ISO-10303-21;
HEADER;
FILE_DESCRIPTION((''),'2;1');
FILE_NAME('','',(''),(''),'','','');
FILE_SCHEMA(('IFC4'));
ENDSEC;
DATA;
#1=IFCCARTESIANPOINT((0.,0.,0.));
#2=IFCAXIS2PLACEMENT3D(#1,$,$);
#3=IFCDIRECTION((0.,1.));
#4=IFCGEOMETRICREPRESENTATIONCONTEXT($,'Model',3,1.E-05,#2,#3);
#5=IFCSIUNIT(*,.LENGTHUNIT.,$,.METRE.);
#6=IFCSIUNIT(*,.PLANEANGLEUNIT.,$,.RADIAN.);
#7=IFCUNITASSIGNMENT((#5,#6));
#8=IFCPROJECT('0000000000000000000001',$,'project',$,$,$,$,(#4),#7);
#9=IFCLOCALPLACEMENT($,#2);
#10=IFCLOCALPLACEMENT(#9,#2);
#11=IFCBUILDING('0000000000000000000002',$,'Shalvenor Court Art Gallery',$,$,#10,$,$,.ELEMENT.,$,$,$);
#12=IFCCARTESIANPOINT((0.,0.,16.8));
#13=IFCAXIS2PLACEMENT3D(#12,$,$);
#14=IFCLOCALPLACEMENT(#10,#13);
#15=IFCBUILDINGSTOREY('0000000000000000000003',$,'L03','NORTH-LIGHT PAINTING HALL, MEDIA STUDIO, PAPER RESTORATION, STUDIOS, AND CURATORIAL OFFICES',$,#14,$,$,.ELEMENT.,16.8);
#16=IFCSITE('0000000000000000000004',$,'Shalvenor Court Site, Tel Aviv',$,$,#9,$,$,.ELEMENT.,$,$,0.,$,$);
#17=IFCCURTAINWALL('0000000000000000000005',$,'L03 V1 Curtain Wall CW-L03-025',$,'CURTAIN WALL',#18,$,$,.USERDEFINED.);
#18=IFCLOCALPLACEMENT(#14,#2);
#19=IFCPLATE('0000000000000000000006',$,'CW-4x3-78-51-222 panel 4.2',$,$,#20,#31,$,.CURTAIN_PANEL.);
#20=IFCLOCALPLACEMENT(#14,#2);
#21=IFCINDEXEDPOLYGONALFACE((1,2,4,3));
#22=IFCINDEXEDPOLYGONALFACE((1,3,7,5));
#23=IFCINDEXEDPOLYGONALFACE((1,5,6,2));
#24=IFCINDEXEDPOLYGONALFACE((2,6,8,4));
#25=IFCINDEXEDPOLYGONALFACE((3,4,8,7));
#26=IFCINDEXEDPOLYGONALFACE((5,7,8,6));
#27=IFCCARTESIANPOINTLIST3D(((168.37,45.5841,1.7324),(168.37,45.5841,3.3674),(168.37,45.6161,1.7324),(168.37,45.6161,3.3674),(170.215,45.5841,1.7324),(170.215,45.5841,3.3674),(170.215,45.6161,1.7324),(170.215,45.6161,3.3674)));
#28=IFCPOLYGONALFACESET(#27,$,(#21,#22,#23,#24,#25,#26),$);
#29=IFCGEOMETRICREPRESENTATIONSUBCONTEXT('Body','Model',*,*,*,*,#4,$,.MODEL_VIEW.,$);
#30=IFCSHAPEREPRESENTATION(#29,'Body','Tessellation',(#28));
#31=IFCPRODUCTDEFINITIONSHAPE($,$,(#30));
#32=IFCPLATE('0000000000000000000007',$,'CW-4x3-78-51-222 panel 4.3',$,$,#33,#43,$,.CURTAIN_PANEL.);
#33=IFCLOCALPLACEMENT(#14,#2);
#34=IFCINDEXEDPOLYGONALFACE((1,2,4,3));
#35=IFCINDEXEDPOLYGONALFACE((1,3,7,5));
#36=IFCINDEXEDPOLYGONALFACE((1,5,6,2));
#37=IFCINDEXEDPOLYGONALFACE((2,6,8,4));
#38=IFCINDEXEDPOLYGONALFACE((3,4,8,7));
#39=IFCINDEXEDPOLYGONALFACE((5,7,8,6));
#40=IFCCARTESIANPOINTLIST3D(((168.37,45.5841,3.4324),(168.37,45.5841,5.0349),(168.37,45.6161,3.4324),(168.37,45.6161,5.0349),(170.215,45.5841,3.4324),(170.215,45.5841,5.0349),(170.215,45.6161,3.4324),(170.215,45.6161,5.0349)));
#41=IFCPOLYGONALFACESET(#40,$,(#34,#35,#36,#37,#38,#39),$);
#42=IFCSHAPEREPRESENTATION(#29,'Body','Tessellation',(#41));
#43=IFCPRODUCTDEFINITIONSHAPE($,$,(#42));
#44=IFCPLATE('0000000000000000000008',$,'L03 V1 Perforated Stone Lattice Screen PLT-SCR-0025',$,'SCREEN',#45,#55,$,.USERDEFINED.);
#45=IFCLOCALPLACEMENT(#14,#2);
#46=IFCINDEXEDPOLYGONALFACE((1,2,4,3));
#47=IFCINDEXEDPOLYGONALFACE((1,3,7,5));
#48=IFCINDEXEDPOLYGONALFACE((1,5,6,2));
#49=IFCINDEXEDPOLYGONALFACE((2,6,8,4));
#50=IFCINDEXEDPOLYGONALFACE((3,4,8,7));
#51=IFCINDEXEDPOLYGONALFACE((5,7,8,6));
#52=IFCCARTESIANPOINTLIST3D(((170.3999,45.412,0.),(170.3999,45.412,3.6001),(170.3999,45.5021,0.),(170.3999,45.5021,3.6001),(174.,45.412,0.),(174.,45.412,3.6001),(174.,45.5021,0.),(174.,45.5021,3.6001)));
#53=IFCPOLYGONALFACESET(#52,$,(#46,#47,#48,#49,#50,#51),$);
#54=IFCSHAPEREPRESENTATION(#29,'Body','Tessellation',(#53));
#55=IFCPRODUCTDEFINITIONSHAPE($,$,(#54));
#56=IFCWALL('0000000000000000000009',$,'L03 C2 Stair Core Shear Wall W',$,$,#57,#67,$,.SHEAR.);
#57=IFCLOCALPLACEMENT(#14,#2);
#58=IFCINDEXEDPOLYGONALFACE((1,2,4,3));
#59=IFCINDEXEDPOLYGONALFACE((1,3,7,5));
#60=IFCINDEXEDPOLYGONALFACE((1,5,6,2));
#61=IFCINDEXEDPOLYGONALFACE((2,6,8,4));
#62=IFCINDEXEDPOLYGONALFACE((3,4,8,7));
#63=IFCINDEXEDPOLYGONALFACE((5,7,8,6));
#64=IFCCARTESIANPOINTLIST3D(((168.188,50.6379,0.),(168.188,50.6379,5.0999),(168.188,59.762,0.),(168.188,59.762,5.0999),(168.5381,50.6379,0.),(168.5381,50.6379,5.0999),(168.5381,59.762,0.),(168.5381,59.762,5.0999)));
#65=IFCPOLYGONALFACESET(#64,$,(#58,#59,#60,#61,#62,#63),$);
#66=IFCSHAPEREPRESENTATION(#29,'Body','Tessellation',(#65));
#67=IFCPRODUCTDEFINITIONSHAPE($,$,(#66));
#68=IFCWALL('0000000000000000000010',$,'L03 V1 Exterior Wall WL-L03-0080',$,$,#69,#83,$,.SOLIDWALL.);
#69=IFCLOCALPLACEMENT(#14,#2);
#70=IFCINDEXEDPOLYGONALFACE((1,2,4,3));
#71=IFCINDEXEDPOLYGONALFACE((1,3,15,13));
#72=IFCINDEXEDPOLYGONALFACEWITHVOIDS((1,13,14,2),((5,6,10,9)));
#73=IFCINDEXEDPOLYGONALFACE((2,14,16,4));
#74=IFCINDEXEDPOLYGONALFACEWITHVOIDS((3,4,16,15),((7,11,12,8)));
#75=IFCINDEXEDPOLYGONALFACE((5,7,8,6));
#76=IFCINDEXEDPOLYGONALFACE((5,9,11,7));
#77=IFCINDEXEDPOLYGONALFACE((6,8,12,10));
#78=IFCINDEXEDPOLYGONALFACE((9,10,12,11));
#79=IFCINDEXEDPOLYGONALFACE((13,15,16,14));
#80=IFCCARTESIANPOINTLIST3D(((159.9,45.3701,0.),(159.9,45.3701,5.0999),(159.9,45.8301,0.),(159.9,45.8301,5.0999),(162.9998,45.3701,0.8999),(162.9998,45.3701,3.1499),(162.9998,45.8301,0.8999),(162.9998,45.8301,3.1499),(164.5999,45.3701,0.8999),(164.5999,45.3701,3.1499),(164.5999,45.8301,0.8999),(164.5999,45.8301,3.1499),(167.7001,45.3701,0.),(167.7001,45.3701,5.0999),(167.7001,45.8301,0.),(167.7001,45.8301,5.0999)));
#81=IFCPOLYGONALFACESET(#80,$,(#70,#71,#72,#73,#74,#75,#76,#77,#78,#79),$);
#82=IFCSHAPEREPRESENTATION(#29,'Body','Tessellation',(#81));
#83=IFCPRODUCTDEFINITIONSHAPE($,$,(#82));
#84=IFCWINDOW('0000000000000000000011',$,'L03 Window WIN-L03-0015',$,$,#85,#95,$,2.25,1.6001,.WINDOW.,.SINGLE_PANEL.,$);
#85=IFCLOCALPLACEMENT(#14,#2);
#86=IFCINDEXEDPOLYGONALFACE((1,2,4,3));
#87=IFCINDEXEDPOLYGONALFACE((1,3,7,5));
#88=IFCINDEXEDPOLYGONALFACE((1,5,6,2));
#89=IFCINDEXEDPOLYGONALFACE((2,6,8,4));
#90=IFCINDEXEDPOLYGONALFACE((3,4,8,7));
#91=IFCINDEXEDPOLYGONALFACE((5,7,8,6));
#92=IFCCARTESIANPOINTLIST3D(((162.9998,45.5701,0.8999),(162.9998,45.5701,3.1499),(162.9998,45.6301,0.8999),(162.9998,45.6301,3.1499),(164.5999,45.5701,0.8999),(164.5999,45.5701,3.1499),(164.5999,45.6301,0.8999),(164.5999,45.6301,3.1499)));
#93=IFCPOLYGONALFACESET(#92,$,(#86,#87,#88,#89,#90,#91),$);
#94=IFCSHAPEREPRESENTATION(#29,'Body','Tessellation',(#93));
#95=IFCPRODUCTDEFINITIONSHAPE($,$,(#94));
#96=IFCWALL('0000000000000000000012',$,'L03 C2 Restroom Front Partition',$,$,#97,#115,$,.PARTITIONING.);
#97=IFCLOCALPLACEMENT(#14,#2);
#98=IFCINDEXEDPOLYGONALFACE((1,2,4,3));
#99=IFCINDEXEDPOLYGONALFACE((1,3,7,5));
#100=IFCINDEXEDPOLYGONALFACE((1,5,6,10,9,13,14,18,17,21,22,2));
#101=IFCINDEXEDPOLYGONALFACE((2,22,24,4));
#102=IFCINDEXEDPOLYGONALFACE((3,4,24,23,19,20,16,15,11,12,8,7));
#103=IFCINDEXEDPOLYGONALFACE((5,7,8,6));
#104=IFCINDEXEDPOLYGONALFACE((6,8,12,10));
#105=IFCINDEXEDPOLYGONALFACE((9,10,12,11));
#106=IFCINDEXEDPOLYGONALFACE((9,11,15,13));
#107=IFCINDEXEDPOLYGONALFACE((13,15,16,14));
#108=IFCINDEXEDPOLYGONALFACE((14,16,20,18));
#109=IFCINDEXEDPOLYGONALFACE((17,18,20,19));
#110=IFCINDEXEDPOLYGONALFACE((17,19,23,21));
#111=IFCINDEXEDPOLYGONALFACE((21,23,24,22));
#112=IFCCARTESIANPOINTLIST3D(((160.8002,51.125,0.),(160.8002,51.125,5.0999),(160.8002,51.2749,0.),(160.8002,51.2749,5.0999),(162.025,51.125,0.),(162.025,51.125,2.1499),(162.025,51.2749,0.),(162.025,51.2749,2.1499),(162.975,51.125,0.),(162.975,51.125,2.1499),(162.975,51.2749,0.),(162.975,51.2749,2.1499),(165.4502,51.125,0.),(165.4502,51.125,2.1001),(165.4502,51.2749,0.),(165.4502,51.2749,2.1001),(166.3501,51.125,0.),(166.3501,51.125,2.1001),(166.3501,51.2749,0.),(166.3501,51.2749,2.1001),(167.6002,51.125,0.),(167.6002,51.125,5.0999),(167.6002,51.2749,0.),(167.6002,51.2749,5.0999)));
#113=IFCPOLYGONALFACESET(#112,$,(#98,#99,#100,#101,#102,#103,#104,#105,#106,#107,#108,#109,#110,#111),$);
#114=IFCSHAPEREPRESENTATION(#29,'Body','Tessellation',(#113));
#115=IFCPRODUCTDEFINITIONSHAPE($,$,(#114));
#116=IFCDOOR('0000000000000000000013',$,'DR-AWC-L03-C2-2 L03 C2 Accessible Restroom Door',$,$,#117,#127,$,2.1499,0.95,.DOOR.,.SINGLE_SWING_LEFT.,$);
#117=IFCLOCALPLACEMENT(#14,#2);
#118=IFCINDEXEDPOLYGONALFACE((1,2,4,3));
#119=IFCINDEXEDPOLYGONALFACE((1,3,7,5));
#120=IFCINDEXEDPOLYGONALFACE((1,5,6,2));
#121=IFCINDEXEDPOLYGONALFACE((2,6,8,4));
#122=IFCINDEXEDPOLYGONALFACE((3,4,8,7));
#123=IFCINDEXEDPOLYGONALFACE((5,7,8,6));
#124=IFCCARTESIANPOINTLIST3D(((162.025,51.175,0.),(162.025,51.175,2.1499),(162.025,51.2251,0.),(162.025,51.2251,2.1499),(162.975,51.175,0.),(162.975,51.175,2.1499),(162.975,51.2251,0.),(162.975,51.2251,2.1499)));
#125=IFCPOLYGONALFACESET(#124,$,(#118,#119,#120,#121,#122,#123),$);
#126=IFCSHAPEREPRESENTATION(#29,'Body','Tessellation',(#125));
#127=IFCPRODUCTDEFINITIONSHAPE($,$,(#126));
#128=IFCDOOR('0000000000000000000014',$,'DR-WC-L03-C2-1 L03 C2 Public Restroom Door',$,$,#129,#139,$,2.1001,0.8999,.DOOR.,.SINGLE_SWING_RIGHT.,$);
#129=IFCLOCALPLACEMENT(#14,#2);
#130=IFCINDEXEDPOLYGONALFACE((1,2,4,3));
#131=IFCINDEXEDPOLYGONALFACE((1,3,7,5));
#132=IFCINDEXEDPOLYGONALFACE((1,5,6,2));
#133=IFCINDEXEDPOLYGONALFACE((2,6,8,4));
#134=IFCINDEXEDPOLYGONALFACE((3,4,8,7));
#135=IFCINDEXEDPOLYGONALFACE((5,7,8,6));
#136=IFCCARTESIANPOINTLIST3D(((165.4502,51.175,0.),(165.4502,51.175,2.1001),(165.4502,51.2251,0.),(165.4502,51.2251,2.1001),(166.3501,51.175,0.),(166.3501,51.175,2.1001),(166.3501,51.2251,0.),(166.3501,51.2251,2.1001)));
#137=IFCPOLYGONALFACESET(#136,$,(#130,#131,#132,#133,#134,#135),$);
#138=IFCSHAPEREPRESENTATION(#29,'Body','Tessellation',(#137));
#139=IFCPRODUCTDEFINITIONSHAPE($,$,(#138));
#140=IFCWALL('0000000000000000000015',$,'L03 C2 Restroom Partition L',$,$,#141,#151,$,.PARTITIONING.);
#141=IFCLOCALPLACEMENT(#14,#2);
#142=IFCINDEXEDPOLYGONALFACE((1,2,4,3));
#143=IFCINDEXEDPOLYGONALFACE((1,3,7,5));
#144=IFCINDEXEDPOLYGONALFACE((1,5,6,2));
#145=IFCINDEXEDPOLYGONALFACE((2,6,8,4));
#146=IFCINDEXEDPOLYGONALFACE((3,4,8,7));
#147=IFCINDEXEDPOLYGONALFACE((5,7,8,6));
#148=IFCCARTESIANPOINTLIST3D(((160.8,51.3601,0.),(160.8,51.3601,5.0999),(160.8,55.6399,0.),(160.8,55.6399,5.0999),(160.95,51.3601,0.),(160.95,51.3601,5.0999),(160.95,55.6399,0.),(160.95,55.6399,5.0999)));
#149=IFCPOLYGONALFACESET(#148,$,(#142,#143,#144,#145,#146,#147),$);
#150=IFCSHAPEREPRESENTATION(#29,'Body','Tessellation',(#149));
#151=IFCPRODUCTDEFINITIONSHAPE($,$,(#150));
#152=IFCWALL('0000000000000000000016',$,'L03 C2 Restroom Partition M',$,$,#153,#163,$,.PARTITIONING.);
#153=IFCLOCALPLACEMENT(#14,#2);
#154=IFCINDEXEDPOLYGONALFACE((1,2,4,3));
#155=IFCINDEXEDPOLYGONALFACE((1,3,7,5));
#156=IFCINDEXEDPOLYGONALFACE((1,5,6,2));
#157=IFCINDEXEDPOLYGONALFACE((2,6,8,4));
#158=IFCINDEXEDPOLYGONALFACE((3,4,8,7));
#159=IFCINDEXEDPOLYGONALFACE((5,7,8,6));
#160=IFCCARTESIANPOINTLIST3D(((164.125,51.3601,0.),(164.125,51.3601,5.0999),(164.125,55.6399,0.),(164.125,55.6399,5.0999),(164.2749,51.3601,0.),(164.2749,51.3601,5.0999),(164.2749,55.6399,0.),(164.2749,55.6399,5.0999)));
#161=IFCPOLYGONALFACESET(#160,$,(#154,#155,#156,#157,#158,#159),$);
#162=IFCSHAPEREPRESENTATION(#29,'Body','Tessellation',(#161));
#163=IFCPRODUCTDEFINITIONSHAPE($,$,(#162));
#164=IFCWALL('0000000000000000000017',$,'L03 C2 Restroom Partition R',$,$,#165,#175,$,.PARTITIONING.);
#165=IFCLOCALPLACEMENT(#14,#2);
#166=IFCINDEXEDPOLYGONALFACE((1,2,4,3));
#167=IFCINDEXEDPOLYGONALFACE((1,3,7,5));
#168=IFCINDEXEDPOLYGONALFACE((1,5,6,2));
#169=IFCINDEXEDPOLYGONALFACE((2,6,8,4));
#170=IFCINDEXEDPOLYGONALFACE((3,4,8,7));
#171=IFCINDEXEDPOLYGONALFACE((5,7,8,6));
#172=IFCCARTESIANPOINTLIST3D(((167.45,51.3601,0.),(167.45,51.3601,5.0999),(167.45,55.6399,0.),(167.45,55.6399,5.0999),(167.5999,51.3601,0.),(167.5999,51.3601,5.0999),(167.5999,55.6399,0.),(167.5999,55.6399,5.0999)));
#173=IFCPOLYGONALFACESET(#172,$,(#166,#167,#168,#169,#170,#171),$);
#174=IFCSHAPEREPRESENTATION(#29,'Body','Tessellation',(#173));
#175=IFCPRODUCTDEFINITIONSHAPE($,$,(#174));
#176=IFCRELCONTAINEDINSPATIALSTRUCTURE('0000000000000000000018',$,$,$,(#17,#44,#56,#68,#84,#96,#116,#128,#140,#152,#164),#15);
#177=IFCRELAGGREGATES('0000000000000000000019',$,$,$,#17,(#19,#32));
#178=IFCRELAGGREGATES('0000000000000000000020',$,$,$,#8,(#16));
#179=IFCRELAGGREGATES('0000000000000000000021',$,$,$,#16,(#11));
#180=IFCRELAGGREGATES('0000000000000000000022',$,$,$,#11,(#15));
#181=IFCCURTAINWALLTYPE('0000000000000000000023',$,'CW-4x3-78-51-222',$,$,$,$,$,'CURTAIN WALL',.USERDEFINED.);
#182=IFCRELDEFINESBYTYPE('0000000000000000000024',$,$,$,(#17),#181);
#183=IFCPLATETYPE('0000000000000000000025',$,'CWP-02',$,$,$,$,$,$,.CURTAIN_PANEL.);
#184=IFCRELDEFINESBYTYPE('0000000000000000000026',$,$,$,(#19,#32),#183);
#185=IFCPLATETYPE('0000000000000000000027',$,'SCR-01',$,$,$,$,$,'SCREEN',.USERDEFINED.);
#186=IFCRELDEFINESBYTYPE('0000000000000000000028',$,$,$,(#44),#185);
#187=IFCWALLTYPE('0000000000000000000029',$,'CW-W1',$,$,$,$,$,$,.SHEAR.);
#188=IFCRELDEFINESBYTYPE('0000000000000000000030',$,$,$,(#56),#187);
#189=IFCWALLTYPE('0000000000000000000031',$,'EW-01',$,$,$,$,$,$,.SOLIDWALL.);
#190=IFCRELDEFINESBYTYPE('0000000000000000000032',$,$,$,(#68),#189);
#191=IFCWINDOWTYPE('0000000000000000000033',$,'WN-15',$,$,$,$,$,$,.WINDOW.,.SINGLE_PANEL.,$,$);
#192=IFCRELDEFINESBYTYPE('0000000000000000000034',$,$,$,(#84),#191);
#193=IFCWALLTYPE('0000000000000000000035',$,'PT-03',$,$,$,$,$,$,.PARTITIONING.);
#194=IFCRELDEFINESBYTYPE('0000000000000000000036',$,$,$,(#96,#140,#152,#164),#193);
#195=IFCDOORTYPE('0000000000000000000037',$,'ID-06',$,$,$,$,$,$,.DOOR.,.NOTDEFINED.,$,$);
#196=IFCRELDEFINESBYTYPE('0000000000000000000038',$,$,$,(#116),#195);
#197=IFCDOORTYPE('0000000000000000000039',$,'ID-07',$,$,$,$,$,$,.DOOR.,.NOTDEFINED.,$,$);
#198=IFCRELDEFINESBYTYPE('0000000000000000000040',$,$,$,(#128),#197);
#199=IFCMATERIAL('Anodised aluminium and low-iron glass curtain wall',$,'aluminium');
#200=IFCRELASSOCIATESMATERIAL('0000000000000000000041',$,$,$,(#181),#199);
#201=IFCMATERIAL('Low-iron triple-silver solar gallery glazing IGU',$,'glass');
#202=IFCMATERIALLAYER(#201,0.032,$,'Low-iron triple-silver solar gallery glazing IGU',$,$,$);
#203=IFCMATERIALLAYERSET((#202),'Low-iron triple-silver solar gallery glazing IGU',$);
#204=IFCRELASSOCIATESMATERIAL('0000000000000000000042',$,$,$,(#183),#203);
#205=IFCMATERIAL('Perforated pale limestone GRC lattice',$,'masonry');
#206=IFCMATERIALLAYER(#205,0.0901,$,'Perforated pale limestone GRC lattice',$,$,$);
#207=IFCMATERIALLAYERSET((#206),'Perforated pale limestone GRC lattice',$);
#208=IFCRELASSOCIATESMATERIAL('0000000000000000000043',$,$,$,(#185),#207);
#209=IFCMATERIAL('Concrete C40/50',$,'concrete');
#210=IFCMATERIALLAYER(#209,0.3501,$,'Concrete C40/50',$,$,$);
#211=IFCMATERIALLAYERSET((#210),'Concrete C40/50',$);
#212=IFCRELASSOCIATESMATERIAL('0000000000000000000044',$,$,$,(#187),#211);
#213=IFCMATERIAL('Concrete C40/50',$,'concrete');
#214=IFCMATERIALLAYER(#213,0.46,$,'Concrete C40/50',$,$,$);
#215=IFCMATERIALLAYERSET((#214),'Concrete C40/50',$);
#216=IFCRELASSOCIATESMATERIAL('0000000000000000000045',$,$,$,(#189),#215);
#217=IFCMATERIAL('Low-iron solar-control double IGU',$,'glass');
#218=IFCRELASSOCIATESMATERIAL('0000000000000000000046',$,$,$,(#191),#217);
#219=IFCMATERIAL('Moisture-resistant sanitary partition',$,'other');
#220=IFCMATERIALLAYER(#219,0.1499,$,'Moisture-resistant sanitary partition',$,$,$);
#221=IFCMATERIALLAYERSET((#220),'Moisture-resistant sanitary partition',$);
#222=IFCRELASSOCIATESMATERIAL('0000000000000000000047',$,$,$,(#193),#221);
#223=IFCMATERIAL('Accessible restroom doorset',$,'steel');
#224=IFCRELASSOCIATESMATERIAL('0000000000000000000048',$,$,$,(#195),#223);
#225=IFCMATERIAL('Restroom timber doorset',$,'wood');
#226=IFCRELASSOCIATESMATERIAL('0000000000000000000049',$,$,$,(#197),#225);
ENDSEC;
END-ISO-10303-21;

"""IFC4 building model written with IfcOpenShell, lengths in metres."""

from ifc_helpers import new_model, si_unit, direction, frame, frame_2d, origin, origin_2d, place, context, subcontext, project, spatial, rectangle, extrude, material, layer, layer_set, type_object, element, fill, aggregate, save


model = new_model("IFC4")

# Units and contexts
model_context = context("Model", 3, precision=1e-05, world=origin(), true_north=direction((0.0, 1.0)))
body_context = subcontext(model_context, "Body", "Model", "MODEL_VIEW")
ifc_project = project(units=[si_unit("LENGTHUNIT", "METRE"), si_unit("PLANEANGLEUNIT", "RADIAN")], contexts=[model_context])

# Site, building, storey
site_placement = place(None, origin())
site = spatial("IfcSite", under=ifc_project, at=site_placement, Name="Shalvenor Court Site, Tel Aviv", CompositionType="ELEMENT", RefElevation=0.0)
building_placement = place(site_placement, origin())
building = spatial("IfcBuilding", under=site, at=building_placement, Name="Shalvenor Court Art Gallery", CompositionType="ELEMENT")
storey_placement = place(building_placement, frame((0.0, 0.0, 16.8)))
storey = spatial("IfcBuildingStorey", under=building, at=storey_placement, Name="L03", Description="NORTH-LIGHT PAINTING HALL, MEDIA STUDIO, PAPER RESTORATION, STUDIOS, AND CURATORIAL OFFICES", CompositionType="ELEMENT", Elevation=16.8)

# Curtain wall
ifc_material_1 = material(Name="Anodised aluminium and low-iron glass curtain wall", Category="aluminium")
curtain_wall_type = type_object("IfcCurtainWallType", Name="CW-4x3-78-51-222", ElementType="CURTAIN WALL", PredefinedType="USERDEFINED", material=ifc_material_1)
curtain_wall_placement = place(storey_placement, origin())
curtain_wall = element("IfcCurtainWall", 1, at=curtain_wall_placement, inside=storey, type_object=curtain_wall_type, Name="L03 V1 Curtain Wall CW-L03-025", ObjectType="CURTAIN WALL", PredefinedType="USERDEFINED")

# Plates
ifc_material_2 = material(Name="Low-iron triple-silver solar gallery glazing IGU", Category="glass")
ifc_layer_1 = layer(ifc_material_2, 0.032, Name="Low-iron triple-silver solar gallery glazing IGU")
ifc_layer_set_1 = layer_set([ifc_layer_1], Name="Low-iron triple-silver solar gallery glazing IGU")
plate_type_1 = type_object("IfcPlateType", Name="CWP-02", PredefinedType="CURTAIN_PANEL", material=ifc_layer_set_1)
plate_1_placement = place(storey_placement, frame((169.2925, 45.6001, 1.7324), z_axis=(0.0, 0.0, 1.0), x_axis=(-1.0, 0.0, 0.0)))
plate_1 = element("IfcPlate", 2, at=plate_1_placement, type_object=plate_type_1, Name="CW-4x3-78-51-222 panel 4.2", PredefinedType="CURTAIN_PANEL", context=body_context, shape_type="SweptSolid", body=[
    extrude(rectangle(XDim=1.845, YDim=0.032, at=origin_2d()), origin(), (0.0, 0.0, 1.0), 1.635),
])
plate_2_placement = place(storey_placement, frame((169.2925, 45.6001, 3.4324), z_axis=(0.0, 0.0, 1.0), x_axis=(-1.0, 0.0, 0.0)))
plate_2 = element("IfcPlate", 3, at=plate_2_placement, type_object=plate_type_1, Name="CW-4x3-78-51-222 panel 4.3", PredefinedType="CURTAIN_PANEL", context=body_context, shape_type="SweptSolid", body=[
    extrude(rectangle(XDim=1.845, YDim=0.032, at=origin_2d()), origin(), (0.0, 0.0, 1.0), 1.6025),
])
aggregate(curtain_wall, [plate_1, plate_2])
ifc_material_3 = material(Name="Perforated pale limestone GRC lattice", Category="masonry")
ifc_layer_2 = layer(ifc_material_3, 0.0901, Name="Perforated pale limestone GRC lattice")
ifc_layer_set_2 = layer_set([ifc_layer_2], Name="Perforated pale limestone GRC lattice")
plate_type_2 = type_object("IfcPlateType", Name="SCR-01", ElementType="SCREEN", PredefinedType="USERDEFINED", material=ifc_layer_set_2)
plate_3_placement = place(storey_placement, frame((172.2, 45.457, 0.0), z_axis=(0.0, 0.0, 1.0), x_axis=(-1.0, 0.0, 0.0)))
element("IfcPlate", 4, at=plate_3_placement, inside=storey, type_object=plate_type_2, Name="L03 V1 Perforated Stone Lattice Screen PLT-SCR-0025", ObjectType="SCREEN", PredefinedType="USERDEFINED", context=body_context, shape_type="SweptSolid", body=[
    extrude(rectangle(XDim=3.6001, YDim=0.0901, at=origin_2d()), origin(), (0.0, 0.0, 1.0), 3.6001),
])

# Wall
ifc_material_4 = material(Name="Concrete C40/50", Category="concrete")
ifc_layer_3 = layer(ifc_material_4, 0.3501, Name="Concrete C40/50")
ifc_layer_set_3 = layer_set([ifc_layer_3], Name="Concrete C40/50")
wall_type_1 = type_object("IfcWallType", Name="CW-W1", PredefinedType="SHEAR", material=ifc_layer_set_3)
wall_1_placement = place(storey_placement, frame((168.363, 50.6379, 0.0), z_axis=(0.0, 0.0, 1.0), x_axis=(0.0, 1.0, 0.0)))
element("IfcWall", 5, at=wall_1_placement, inside=storey, type_object=wall_type_1, Name="L03 C2 Stair Core Shear Wall W", PredefinedType="SHEAR", context=body_context, shape_type="SweptSolid", body=[
    extrude(rectangle(XDim=9.124, YDim=0.3501, at=frame_2d((4.562, 0.0))), origin(), (0.0, 0.0, 1.0), 5.0999),
])

# Wall, opening, window
ifc_material_5 = material(Name="Concrete C40/50", Category="concrete")
ifc_layer_4 = layer(ifc_material_5, 0.46, Name="Concrete C40/50")
ifc_layer_set_4 = layer_set([ifc_layer_4], Name="Concrete C40/50")
wall_type_2 = type_object("IfcWallType", Name="EW-01", PredefinedType="SOLIDWALL", material=ifc_layer_set_4)
wall_2_placement = place(storey_placement, frame((167.7, 45.6001, 0.0), z_axis=(0.0, 0.0, 1.0), x_axis=(-1.0, 0.0, 0.0)))
wall_2 = element("IfcWall", 6, at=wall_2_placement, inside=storey, type_object=wall_type_2, Name="L03 V1 Exterior Wall WL-L03-0080", PredefinedType="SOLIDWALL", context=body_context, shape_type="SweptSolid", body=[
    extrude(rectangle(XDim=7.8, YDim=0.46, at=frame_2d((3.8999, 0.0))), origin(), (0.0, 0.0, 1.0), 5.0999),
])
opening_1_placement = place(wall_2_placement, frame((3.1001, 0.0, 0.8999)))
opening_1 = element("IfcOpeningElement", 7, at=opening_1_placement, cuts=wall_2, PredefinedType="OPENING", context=body_context, shape_type="SweptSolid", body=[
    extrude(rectangle(XDim=1.6001, YDim=2.25, at=frame_2d((0.8, 1.125))), frame((0.0, 0.24, 0.0), z_axis=(0.0, -1.0, 0.0), x_axis=(1.0, 0.0, 0.0)), (0.0, 0.0, 1.0), 0.48),
])
ifc_material_6 = material(Name="Low-iron solar-control double IGU", Category="glass")
window_type = type_object("IfcWindowType", Name="WN-15", PartitioningType="SINGLE_PANEL", PredefinedType="WINDOW", material=ifc_material_6)
window_placement = place(opening_1_placement, origin())
window = element("IfcWindow", 8, at=window_placement, inside=storey, type_object=window_type, Name="L03 Window WIN-L03-0015", OverallHeight=2.25, OverallWidth=1.6001, PartitioningType="SINGLE_PANEL", PredefinedType="WINDOW", context=body_context, shape_type="SweptSolid", body=[
    extrude(rectangle(XDim=1.6001, YDim=2.25, at=frame_2d((0.8, 1.125))), frame((0.0, 0.03, 0.0), z_axis=(0.0, -1.0, 0.0), x_axis=(1.0, 0.0, 0.0)), (0.0, 0.0, 1.0), 0.0601),
])
fill(opening_1, window)

# Wall, openings, doors
ifc_material_7 = material(Name="Moisture-resistant sanitary partition", Category="other")
ifc_layer_5 = layer(ifc_material_7, 0.1499, Name="Moisture-resistant sanitary partition")
ifc_layer_set_5 = layer_set([ifc_layer_5], Name="Moisture-resistant sanitary partition")
wall_type_3 = type_object("IfcWallType", Name="PT-03", PredefinedType="PARTITIONING", material=ifc_layer_set_5)
wall_3_placement = place(storey_placement, frame((167.6001, 51.2, 0.0), z_axis=(0.0, 0.0, 1.0), x_axis=(-1.0, 0.0, 0.0)))
wall_3 = element("IfcWall", 9, at=wall_3_placement, inside=storey, type_object=wall_type_3, Name="L03 C2 Restroom Front Partition", PredefinedType="PARTITIONING", context=body_context, shape_type="SweptSolid", body=[
    extrude(rectangle(XDim=6.8, YDim=0.1499, at=frame_2d((3.3999, 0.0))), origin(), (0.0, 0.0, 1.0), 5.0999),
])
opening_2_placement = place(wall_3_placement, frame((1.25, 0.0, 0.0)))
opening_2 = element("IfcOpeningElement", 10, at=opening_2_placement, cuts=wall_3, PredefinedType="OPENING", context=body_context, shape_type="SweptSolid", body=[
    extrude(rectangle(XDim=0.8999, YDim=2.1001, at=frame_2d((0.45, 1.05))), frame((0.0, 0.085, 0.0), z_axis=(0.0, -1.0, 0.0), x_axis=(1.0, 0.0, 0.0)), (0.0, 0.0, 1.0), 0.1699),
])
opening_3_placement = place(wall_3_placement, frame((4.625, 0.0, 0.0)))
opening_3 = element("IfcOpeningElement", 11, at=opening_3_placement, cuts=wall_3, PredefinedType="OPENING", context=body_context, shape_type="SweptSolid", body=[
    extrude(rectangle(XDim=0.95, YDim=2.1499, at=frame_2d((0.4751, 1.075))), frame((0.0, 0.085, 0.0), z_axis=(0.0, -1.0, 0.0), x_axis=(1.0, 0.0, 0.0)), (0.0, 0.0, 1.0), 0.1699),
])
ifc_material_8 = material(Name="Accessible restroom doorset", Category="steel")
door_type_1 = type_object("IfcDoorType", Name="ID-06", OperationType="NOTDEFINED", PredefinedType="DOOR", material=ifc_material_8)
door_1_placement = place(opening_3_placement, origin())
door_1 = element("IfcDoor", 12, at=door_1_placement, inside=storey, type_object=door_type_1, Name="DR-AWC-L03-C2-2 L03 C2 Accessible Restroom Door", OperationType="SINGLE_SWING_LEFT", OverallHeight=2.1499, OverallWidth=0.95, PredefinedType="DOOR", context=body_context, shape_type="SweptSolid", body=[
    extrude(rectangle(XDim=0.95, YDim=2.1499, at=frame_2d((0.4751, 1.075))), frame((0.0, 0.0249, 0.0), z_axis=(0.0, -1.0, 0.0), x_axis=(1.0, 0.0, 0.0)), (0.0, 0.0, 1.0), 0.05),
])
fill(opening_3, door_1)
ifc_material_9 = material(Name="Restroom timber doorset", Category="wood")
door_type_2 = type_object("IfcDoorType", Name="ID-07", OperationType="NOTDEFINED", PredefinedType="DOOR", material=ifc_material_9)
door_2_placement = place(opening_2_placement, origin())
door_2 = element("IfcDoor", 13, at=door_2_placement, inside=storey, type_object=door_type_2, Name="DR-WC-L03-C2-1 L03 C2 Public Restroom Door", OperationType="SINGLE_SWING_RIGHT", OverallHeight=2.1001, OverallWidth=0.8999, PredefinedType="DOOR", context=body_context, shape_type="SweptSolid", body=[
    extrude(rectangle(XDim=0.8999, YDim=2.1001, at=frame_2d((0.45, 1.05))), frame((0.0, 0.0249, 0.0), z_axis=(0.0, -1.0, 0.0), x_axis=(1.0, 0.0, 0.0)), (0.0, 0.0, 1.0), 0.05),
])
fill(opening_2, door_2)

# Walls
for number, where, z_axis, x_axis, name in (
    (14, (160.875, 51.3601, 0.0), (0.0, 0.0, 1.0), (0.0, 1.0, 0.0), "L03 C2 Restroom Partition L"),
    (15, (164.2, 51.3601, 0.0), (0.0, 0.0, 1.0), (0.0, 1.0, 0.0), "L03 C2 Restroom Partition M"),
    (16, (167.5249, 51.3601, 0.0), (0.0, 0.0, 1.0), (0.0, 1.0, 0.0), "L03 C2 Restroom Partition R"),
):
    element("IfcWall", number, at=place(storey_placement, frame(where, z_axis=z_axis, x_axis=x_axis)), inside=storey, type_object=wall_type_3, Name=name, PredefinedType="PARTITIONING", context=body_context, shape_type="SweptSolid", body=[
        extrude(rectangle(XDim=4.2798, YDim=0.1499, at=frame_2d((2.1399, 0.0))), origin(), (0.0, 0.0, 1.0), 5.0999),
    ])

save(model, "model.ifc")
